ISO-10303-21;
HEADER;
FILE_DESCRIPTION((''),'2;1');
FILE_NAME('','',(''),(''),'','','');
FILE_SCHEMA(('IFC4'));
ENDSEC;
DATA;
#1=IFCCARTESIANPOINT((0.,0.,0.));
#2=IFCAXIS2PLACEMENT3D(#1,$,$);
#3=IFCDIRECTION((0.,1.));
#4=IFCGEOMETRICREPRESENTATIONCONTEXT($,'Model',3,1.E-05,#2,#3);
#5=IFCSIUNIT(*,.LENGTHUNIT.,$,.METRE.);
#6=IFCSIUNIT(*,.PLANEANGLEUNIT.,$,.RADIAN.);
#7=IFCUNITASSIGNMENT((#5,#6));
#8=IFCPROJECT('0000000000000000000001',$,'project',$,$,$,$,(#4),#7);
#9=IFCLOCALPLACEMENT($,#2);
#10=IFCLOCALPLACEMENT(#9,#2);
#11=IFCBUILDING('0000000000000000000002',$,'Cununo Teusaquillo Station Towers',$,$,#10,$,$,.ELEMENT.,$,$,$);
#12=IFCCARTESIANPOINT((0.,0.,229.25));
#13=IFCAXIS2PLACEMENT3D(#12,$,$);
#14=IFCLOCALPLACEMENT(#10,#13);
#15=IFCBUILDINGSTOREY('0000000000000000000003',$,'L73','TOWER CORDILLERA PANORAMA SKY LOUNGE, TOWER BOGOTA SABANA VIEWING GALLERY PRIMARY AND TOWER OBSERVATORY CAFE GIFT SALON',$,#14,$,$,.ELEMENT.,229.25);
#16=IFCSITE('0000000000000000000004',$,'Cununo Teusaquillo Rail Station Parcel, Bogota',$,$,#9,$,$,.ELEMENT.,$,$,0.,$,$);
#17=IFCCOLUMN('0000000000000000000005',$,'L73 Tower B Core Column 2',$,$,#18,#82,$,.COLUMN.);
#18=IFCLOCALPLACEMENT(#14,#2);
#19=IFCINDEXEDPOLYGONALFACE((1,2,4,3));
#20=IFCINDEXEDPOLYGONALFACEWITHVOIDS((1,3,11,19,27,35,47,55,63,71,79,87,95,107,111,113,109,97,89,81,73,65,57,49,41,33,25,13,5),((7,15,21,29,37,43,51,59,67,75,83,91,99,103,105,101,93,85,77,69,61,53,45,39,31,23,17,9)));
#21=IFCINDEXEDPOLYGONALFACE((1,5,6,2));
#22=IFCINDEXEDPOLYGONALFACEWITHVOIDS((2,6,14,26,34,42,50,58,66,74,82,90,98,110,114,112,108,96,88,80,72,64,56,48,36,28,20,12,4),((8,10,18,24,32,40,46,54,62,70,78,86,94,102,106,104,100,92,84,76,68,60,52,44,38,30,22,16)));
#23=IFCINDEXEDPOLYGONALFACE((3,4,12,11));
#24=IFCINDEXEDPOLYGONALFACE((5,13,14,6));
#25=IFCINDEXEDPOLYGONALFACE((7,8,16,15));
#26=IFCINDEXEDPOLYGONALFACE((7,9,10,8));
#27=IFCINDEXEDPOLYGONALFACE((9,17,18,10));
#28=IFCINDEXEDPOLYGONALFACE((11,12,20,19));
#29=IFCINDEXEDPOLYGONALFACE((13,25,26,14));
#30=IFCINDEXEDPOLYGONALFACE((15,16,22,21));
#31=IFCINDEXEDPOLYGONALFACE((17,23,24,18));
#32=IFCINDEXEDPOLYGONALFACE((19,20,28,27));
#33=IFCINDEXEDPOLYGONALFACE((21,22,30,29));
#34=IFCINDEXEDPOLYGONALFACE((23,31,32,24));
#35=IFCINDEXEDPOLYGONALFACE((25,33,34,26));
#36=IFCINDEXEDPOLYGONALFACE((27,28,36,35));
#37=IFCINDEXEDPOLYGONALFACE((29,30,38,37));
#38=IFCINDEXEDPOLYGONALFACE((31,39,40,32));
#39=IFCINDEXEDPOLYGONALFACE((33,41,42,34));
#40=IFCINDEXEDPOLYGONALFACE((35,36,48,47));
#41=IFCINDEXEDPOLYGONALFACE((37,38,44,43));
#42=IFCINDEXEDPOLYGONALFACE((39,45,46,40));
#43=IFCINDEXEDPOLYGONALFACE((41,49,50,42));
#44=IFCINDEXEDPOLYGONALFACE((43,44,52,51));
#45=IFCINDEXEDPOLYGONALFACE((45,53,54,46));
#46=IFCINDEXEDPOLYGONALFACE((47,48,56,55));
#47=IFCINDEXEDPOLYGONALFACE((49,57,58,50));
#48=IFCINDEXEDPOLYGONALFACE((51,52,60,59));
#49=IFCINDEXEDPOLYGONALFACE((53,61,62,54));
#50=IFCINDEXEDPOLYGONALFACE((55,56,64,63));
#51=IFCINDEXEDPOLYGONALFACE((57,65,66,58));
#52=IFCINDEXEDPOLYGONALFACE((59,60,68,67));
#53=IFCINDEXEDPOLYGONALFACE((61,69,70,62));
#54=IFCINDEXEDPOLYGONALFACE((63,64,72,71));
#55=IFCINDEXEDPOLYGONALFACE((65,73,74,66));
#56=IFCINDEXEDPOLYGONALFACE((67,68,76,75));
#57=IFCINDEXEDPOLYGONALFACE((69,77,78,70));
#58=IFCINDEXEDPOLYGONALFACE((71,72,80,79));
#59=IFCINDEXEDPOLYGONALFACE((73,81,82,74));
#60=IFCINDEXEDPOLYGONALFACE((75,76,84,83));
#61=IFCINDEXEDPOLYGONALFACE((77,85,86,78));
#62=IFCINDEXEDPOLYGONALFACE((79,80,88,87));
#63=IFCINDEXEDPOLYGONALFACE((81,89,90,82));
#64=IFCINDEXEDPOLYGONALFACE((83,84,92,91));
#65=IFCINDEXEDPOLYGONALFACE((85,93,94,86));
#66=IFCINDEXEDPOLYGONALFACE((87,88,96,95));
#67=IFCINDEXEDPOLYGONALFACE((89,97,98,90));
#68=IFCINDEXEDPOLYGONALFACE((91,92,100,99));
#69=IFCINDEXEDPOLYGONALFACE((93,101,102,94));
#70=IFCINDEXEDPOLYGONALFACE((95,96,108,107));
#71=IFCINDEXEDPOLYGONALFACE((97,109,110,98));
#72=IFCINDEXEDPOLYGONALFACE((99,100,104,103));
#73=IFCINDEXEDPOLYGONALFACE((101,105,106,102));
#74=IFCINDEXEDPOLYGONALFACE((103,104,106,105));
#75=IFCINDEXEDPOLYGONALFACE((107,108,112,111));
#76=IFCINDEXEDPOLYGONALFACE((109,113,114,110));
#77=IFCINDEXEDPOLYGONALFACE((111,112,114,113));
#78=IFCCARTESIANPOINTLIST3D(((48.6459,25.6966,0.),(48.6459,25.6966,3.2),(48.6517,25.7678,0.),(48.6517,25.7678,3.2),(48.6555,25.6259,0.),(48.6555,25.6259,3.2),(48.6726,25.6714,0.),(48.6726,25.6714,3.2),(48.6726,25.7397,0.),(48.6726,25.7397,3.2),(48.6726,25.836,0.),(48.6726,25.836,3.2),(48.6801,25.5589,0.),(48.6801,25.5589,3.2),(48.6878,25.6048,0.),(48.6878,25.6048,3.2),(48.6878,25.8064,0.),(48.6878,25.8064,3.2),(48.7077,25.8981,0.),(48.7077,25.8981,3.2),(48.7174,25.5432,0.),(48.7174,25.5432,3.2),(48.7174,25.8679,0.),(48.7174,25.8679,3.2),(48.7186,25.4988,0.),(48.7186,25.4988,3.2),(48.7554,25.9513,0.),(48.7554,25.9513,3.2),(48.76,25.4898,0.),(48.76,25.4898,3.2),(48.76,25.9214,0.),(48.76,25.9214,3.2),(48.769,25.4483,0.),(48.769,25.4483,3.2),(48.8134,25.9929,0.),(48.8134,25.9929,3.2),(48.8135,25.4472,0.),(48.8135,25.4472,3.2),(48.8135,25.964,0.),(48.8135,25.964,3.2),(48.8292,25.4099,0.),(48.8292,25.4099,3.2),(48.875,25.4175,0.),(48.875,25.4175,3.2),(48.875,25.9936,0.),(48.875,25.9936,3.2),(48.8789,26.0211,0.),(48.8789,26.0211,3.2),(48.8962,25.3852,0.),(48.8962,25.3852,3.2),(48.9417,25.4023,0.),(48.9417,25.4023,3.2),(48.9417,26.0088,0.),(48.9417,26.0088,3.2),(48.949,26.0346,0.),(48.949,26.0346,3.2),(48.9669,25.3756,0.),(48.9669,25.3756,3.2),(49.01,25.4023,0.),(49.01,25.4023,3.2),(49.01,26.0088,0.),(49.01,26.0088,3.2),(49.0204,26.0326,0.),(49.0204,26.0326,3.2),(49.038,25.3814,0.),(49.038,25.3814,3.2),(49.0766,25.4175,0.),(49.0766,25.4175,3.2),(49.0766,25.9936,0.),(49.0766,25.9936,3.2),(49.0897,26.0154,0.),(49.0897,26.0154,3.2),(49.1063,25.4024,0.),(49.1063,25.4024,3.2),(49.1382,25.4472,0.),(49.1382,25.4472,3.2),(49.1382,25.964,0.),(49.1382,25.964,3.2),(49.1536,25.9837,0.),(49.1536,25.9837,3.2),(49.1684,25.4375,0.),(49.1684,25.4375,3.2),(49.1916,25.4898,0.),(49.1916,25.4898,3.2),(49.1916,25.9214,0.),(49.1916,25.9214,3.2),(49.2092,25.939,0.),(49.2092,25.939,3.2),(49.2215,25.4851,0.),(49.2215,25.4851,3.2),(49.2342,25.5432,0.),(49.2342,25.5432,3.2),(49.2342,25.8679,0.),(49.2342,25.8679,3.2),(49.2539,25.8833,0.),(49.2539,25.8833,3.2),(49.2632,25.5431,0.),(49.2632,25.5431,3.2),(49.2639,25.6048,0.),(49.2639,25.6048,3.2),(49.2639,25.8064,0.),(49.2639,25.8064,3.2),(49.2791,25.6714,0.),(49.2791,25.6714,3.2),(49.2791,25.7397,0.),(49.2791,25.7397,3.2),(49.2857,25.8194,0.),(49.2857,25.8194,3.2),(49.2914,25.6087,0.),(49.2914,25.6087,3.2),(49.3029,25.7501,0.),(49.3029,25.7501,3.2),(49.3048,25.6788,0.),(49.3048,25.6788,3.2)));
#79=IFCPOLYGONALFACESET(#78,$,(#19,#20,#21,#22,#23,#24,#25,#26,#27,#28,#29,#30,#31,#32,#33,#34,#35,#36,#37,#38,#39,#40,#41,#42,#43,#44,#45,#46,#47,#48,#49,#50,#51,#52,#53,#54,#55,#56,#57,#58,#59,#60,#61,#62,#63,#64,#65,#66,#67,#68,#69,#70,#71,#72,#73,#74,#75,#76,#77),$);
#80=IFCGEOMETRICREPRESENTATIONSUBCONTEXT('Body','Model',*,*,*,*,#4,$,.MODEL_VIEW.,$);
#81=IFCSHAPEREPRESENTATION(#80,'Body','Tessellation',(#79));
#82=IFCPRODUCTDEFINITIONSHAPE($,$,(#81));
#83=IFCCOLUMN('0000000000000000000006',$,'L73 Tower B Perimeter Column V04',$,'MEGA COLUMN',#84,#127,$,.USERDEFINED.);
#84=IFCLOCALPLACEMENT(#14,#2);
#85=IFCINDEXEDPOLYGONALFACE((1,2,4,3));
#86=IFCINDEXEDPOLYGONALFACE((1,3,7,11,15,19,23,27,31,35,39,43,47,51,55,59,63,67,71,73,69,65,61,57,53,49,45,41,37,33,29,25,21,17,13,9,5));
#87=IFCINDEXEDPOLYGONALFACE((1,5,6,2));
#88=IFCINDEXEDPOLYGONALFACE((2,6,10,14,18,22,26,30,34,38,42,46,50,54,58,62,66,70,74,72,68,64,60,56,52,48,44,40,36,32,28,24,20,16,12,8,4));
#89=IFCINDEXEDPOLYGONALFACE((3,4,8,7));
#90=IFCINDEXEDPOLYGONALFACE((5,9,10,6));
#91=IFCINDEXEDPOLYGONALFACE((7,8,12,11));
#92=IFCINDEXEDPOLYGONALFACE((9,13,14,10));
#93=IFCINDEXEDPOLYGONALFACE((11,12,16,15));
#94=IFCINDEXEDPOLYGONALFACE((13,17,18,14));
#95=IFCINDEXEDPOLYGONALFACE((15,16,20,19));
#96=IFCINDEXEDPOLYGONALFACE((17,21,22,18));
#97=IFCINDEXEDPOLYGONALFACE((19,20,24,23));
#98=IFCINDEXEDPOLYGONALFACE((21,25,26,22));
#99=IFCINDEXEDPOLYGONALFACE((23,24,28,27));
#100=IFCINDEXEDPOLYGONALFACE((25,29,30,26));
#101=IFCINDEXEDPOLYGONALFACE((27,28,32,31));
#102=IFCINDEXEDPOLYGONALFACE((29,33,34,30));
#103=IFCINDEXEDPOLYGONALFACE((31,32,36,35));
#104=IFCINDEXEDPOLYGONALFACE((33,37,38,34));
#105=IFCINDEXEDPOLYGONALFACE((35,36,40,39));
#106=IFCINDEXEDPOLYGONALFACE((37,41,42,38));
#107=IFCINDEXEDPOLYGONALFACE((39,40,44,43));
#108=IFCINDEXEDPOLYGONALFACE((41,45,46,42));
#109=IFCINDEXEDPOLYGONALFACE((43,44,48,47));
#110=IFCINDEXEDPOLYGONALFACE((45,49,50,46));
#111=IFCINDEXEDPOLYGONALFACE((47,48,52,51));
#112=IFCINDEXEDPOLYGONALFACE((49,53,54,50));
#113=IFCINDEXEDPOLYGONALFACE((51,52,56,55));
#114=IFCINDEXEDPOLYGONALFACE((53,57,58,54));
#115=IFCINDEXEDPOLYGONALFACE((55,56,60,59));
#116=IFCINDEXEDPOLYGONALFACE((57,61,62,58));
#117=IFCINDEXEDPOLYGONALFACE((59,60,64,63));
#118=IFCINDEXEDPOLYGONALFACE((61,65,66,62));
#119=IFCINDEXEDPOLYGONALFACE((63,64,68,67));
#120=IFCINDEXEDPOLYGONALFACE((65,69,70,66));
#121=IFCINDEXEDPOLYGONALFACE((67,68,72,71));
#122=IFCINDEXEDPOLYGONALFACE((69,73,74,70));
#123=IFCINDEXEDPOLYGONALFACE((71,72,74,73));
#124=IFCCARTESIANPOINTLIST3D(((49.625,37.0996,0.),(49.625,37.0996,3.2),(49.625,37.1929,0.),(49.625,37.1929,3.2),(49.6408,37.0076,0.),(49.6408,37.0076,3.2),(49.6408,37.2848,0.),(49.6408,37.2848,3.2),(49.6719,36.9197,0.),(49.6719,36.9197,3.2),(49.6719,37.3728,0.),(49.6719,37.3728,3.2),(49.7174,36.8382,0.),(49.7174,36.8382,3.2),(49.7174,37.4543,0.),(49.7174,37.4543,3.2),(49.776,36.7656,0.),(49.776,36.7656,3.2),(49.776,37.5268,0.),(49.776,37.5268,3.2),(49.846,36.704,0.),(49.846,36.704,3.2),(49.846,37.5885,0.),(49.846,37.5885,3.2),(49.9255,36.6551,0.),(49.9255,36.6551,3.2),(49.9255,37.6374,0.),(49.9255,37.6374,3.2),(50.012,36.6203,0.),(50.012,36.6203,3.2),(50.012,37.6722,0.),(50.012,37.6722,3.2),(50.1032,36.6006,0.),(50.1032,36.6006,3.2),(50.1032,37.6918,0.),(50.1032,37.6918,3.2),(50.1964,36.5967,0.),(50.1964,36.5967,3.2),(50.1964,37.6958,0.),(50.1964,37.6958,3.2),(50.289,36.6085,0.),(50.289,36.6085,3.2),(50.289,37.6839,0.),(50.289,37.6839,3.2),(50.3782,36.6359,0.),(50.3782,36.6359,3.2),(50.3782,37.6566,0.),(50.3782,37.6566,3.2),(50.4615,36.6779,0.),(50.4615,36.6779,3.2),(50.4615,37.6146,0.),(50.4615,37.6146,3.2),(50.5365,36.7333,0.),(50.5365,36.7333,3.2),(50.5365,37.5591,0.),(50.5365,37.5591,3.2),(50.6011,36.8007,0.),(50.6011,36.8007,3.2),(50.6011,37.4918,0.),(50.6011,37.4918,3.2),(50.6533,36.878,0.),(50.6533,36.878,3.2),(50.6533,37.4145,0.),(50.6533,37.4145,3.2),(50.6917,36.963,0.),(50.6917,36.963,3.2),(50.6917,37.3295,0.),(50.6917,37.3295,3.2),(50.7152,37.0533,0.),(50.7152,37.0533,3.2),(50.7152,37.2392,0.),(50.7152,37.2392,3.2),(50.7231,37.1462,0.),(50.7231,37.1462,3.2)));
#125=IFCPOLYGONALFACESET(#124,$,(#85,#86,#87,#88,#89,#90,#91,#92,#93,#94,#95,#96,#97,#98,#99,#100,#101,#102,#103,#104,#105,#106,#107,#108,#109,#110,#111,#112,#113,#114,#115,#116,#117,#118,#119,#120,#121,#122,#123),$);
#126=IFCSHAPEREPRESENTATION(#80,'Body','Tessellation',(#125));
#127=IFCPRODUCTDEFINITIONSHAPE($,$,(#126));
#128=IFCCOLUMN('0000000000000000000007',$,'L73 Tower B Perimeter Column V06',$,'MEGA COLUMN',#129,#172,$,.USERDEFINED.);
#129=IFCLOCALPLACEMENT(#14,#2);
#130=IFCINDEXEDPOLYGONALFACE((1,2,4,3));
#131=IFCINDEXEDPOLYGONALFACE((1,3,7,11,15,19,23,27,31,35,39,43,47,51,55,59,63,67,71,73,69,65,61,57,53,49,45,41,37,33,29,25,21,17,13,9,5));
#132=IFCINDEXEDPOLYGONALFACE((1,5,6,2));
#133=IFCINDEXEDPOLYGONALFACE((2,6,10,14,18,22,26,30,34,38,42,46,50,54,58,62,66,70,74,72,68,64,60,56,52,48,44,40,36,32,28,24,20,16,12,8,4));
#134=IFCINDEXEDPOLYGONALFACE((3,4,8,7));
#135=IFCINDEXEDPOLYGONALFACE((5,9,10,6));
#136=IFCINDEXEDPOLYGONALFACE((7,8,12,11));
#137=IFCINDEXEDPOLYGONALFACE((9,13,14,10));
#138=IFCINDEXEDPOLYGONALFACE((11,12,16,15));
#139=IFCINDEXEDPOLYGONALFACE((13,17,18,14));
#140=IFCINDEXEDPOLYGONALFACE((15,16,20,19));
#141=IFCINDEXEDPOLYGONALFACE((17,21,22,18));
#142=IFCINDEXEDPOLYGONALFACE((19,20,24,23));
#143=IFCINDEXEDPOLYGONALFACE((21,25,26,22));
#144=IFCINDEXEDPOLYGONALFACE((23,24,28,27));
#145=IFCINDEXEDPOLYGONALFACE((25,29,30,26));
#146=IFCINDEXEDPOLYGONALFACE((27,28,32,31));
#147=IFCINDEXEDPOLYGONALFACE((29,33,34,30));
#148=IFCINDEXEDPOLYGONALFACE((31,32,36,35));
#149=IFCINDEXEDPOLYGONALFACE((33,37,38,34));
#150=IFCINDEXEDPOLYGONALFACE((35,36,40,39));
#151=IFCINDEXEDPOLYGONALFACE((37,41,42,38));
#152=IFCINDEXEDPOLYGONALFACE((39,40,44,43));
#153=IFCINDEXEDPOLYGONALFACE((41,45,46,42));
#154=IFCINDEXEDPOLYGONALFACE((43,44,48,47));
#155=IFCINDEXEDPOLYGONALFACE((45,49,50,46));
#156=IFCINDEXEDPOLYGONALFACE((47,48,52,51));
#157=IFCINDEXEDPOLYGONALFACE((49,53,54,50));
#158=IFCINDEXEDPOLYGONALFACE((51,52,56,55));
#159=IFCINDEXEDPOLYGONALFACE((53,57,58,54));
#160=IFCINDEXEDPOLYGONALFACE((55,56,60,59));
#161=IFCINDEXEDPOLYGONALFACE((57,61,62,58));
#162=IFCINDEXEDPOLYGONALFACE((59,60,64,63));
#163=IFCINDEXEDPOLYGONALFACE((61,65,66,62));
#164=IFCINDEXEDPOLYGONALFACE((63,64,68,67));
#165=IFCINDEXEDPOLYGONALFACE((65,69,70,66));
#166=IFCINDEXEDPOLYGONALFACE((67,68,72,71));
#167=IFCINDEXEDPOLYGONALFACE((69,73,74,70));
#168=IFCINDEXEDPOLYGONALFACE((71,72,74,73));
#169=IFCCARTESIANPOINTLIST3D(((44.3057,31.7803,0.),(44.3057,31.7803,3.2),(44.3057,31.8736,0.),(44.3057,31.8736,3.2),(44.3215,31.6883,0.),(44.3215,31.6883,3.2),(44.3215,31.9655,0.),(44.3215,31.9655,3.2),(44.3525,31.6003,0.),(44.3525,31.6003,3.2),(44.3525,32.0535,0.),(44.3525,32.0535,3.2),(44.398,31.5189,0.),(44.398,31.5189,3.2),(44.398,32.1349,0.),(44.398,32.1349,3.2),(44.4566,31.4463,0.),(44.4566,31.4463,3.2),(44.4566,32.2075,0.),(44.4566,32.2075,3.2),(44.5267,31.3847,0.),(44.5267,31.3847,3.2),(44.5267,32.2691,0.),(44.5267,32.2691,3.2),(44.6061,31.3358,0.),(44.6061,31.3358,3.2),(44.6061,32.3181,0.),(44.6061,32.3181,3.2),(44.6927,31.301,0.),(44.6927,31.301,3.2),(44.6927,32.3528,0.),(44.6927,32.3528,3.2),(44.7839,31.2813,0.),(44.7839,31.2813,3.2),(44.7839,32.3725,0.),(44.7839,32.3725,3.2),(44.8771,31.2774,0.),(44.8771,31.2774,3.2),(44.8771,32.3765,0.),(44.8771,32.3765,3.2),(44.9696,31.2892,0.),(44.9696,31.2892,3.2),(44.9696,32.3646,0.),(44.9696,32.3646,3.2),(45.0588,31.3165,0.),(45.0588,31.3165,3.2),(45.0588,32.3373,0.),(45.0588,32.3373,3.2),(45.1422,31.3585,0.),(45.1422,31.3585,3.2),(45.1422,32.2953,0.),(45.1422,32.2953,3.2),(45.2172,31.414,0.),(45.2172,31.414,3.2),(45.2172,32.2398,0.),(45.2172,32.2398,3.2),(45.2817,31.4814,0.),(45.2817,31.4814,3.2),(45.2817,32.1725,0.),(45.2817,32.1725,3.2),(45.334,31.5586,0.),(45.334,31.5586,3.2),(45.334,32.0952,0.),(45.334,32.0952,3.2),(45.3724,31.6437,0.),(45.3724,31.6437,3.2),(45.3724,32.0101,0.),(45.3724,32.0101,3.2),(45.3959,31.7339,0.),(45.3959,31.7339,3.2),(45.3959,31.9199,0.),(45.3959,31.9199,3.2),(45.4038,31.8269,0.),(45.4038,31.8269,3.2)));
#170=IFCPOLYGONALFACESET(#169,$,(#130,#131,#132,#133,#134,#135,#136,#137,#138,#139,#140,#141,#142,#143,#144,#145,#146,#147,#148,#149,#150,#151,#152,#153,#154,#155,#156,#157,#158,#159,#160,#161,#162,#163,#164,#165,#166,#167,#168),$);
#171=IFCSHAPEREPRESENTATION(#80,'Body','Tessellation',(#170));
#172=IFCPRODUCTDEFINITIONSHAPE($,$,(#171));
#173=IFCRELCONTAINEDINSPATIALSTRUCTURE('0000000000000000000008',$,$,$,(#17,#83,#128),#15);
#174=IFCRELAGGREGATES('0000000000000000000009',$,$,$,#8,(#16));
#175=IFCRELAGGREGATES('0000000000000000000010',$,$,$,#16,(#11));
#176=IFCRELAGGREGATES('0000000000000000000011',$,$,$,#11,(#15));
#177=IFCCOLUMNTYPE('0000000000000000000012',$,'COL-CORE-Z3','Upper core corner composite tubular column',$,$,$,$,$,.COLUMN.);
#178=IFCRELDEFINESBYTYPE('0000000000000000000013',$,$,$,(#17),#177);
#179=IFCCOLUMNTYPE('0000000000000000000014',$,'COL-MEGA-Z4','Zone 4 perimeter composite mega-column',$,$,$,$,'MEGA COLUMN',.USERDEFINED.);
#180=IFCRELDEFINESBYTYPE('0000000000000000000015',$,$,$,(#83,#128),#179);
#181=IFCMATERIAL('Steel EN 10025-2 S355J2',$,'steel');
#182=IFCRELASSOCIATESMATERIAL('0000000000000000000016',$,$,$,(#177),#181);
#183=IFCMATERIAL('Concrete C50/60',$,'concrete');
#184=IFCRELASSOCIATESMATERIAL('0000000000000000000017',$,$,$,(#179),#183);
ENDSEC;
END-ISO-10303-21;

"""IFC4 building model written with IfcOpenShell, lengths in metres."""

from ifc_helpers import new_model, si_unit, direction, frame, origin, origin_2d, place, context, subcontext, project, spatial, circle, hollow_circle, extrude, material, material_profile, profile_set, type_object, element, save


model = new_model("IFC4")

# Units and contexts
model_context = context("Model", 3, precision=1e-05, world=origin(), true_north=direction((0.0, 1.0)))
body_context = subcontext(model_context, "Body", "Model", "MODEL_VIEW")
ifc_project = project(units=[si_unit("LENGTHUNIT", "METRE"), si_unit("PLANEANGLEUNIT", "RADIAN")], contexts=[model_context])

# Site, building, storey
site_placement = place(None, origin())
site = spatial("IfcSite", under=ifc_project, at=site_placement, Name="Cununo Teusaquillo Rail Station Parcel, Bogota", CompositionType="ELEMENT", RefElevation=0.0)
building_placement = place(site_placement, origin())
building = spatial("IfcBuilding", under=site, at=building_placement, Name="Cununo Teusaquillo Station Towers", CompositionType="ELEMENT")
storey_placement = place(building_placement, frame((0.0, 0.0, 229.25)))
storey = spatial("IfcBuildingStorey", under=building, at=storey_placement, Name="L73", Description="TOWER CORDILLERA PANORAMA SKY LOUNGE, TOWER BOGOTA SABANA VIEWING GALLERY PRIMARY AND TOWER OBSERVATORY CAFE GIFT SALON", CompositionType="ELEMENT", Elevation=229.25)

# Columns
ifc_material_1 = material(Name="Steel EN 10025-2 S355J2", Category="steel")
ifc_material_profile_1 = material_profile(ifc_material_1, hollow_circle(Radius=0.3301, WallThickness=0.0249, at=origin_2d()), Name="CHS 660x25")
ifc_profile_set_1 = profile_set([ifc_material_profile_1], Name="Steel EN 10025-2 S355J2")
column_type_1 = type_object("IfcColumnType", Name="COL-CORE-Z3", Description="Upper core corner composite tubular column", PredefinedType="COLUMN", material=ifc_profile_set_1)
column_placement = place(storey_placement, frame((48.9758, 25.7056, 0.0), z_axis=(0.0, 0.0, 1.0), x_axis=(0.707107, 0.707107, 0.0)))
element("IfcColumn", 1, at=column_placement, inside=storey, type_object=column_type_1, Name="L73 Tower B Core Column 2", PredefinedType="COLUMN", context=body_context, shape_type="SweptSolid", body=[
    extrude(hollow_circle(Radius=0.3301, WallThickness=0.0249, at=origin_2d()), origin(), (0.0, 0.0, 1.0), 3.2),
])
ifc_material_2 = material(Name="Concrete C50/60", Category="concrete")
ifc_material_profile_2 = material_profile(ifc_material_2, circle(Radius=0.55, at=origin_2d()), Name="RC-CIRC-1100")
ifc_profile_set_2 = profile_set([ifc_material_profile_2], Name="Concrete C50/60")
column_type_2 = type_object("IfcColumnType", Name="COL-MEGA-Z4", Description="Zone 4 perimeter composite mega-column", ElementType="MEGA COLUMN", PredefinedType="USERDEFINED", material=ifc_profile_set_2)
for number, where, z_axis, x_axis, name in (
    (2, (50.1731, 37.1462, 0.0), (0.0, 0.0, 1.0), (1.0, 0.0, 0.0), "L73 Tower B Perimeter Column V04"),
    (3, (44.8538, 31.8269, 0.0), (0.0, 0.0, 1.0), (1.0, 0.0, 0.0), "L73 Tower B Perimeter Column V06"),
):
    element("IfcColumn", number, at=place(storey_placement, frame(where, z_axis=z_axis, x_axis=x_axis)), inside=storey, type_object=column_type_2, Name=name, ObjectType="MEGA COLUMN", PredefinedType="USERDEFINED", context=body_context, shape_type="SweptSolid", body=[
        extrude(circle(Radius=0.55, at=origin_2d()), origin(), (0.0, 0.0, 1.0), 3.2),
    ])

save(model, "model.ifc")
